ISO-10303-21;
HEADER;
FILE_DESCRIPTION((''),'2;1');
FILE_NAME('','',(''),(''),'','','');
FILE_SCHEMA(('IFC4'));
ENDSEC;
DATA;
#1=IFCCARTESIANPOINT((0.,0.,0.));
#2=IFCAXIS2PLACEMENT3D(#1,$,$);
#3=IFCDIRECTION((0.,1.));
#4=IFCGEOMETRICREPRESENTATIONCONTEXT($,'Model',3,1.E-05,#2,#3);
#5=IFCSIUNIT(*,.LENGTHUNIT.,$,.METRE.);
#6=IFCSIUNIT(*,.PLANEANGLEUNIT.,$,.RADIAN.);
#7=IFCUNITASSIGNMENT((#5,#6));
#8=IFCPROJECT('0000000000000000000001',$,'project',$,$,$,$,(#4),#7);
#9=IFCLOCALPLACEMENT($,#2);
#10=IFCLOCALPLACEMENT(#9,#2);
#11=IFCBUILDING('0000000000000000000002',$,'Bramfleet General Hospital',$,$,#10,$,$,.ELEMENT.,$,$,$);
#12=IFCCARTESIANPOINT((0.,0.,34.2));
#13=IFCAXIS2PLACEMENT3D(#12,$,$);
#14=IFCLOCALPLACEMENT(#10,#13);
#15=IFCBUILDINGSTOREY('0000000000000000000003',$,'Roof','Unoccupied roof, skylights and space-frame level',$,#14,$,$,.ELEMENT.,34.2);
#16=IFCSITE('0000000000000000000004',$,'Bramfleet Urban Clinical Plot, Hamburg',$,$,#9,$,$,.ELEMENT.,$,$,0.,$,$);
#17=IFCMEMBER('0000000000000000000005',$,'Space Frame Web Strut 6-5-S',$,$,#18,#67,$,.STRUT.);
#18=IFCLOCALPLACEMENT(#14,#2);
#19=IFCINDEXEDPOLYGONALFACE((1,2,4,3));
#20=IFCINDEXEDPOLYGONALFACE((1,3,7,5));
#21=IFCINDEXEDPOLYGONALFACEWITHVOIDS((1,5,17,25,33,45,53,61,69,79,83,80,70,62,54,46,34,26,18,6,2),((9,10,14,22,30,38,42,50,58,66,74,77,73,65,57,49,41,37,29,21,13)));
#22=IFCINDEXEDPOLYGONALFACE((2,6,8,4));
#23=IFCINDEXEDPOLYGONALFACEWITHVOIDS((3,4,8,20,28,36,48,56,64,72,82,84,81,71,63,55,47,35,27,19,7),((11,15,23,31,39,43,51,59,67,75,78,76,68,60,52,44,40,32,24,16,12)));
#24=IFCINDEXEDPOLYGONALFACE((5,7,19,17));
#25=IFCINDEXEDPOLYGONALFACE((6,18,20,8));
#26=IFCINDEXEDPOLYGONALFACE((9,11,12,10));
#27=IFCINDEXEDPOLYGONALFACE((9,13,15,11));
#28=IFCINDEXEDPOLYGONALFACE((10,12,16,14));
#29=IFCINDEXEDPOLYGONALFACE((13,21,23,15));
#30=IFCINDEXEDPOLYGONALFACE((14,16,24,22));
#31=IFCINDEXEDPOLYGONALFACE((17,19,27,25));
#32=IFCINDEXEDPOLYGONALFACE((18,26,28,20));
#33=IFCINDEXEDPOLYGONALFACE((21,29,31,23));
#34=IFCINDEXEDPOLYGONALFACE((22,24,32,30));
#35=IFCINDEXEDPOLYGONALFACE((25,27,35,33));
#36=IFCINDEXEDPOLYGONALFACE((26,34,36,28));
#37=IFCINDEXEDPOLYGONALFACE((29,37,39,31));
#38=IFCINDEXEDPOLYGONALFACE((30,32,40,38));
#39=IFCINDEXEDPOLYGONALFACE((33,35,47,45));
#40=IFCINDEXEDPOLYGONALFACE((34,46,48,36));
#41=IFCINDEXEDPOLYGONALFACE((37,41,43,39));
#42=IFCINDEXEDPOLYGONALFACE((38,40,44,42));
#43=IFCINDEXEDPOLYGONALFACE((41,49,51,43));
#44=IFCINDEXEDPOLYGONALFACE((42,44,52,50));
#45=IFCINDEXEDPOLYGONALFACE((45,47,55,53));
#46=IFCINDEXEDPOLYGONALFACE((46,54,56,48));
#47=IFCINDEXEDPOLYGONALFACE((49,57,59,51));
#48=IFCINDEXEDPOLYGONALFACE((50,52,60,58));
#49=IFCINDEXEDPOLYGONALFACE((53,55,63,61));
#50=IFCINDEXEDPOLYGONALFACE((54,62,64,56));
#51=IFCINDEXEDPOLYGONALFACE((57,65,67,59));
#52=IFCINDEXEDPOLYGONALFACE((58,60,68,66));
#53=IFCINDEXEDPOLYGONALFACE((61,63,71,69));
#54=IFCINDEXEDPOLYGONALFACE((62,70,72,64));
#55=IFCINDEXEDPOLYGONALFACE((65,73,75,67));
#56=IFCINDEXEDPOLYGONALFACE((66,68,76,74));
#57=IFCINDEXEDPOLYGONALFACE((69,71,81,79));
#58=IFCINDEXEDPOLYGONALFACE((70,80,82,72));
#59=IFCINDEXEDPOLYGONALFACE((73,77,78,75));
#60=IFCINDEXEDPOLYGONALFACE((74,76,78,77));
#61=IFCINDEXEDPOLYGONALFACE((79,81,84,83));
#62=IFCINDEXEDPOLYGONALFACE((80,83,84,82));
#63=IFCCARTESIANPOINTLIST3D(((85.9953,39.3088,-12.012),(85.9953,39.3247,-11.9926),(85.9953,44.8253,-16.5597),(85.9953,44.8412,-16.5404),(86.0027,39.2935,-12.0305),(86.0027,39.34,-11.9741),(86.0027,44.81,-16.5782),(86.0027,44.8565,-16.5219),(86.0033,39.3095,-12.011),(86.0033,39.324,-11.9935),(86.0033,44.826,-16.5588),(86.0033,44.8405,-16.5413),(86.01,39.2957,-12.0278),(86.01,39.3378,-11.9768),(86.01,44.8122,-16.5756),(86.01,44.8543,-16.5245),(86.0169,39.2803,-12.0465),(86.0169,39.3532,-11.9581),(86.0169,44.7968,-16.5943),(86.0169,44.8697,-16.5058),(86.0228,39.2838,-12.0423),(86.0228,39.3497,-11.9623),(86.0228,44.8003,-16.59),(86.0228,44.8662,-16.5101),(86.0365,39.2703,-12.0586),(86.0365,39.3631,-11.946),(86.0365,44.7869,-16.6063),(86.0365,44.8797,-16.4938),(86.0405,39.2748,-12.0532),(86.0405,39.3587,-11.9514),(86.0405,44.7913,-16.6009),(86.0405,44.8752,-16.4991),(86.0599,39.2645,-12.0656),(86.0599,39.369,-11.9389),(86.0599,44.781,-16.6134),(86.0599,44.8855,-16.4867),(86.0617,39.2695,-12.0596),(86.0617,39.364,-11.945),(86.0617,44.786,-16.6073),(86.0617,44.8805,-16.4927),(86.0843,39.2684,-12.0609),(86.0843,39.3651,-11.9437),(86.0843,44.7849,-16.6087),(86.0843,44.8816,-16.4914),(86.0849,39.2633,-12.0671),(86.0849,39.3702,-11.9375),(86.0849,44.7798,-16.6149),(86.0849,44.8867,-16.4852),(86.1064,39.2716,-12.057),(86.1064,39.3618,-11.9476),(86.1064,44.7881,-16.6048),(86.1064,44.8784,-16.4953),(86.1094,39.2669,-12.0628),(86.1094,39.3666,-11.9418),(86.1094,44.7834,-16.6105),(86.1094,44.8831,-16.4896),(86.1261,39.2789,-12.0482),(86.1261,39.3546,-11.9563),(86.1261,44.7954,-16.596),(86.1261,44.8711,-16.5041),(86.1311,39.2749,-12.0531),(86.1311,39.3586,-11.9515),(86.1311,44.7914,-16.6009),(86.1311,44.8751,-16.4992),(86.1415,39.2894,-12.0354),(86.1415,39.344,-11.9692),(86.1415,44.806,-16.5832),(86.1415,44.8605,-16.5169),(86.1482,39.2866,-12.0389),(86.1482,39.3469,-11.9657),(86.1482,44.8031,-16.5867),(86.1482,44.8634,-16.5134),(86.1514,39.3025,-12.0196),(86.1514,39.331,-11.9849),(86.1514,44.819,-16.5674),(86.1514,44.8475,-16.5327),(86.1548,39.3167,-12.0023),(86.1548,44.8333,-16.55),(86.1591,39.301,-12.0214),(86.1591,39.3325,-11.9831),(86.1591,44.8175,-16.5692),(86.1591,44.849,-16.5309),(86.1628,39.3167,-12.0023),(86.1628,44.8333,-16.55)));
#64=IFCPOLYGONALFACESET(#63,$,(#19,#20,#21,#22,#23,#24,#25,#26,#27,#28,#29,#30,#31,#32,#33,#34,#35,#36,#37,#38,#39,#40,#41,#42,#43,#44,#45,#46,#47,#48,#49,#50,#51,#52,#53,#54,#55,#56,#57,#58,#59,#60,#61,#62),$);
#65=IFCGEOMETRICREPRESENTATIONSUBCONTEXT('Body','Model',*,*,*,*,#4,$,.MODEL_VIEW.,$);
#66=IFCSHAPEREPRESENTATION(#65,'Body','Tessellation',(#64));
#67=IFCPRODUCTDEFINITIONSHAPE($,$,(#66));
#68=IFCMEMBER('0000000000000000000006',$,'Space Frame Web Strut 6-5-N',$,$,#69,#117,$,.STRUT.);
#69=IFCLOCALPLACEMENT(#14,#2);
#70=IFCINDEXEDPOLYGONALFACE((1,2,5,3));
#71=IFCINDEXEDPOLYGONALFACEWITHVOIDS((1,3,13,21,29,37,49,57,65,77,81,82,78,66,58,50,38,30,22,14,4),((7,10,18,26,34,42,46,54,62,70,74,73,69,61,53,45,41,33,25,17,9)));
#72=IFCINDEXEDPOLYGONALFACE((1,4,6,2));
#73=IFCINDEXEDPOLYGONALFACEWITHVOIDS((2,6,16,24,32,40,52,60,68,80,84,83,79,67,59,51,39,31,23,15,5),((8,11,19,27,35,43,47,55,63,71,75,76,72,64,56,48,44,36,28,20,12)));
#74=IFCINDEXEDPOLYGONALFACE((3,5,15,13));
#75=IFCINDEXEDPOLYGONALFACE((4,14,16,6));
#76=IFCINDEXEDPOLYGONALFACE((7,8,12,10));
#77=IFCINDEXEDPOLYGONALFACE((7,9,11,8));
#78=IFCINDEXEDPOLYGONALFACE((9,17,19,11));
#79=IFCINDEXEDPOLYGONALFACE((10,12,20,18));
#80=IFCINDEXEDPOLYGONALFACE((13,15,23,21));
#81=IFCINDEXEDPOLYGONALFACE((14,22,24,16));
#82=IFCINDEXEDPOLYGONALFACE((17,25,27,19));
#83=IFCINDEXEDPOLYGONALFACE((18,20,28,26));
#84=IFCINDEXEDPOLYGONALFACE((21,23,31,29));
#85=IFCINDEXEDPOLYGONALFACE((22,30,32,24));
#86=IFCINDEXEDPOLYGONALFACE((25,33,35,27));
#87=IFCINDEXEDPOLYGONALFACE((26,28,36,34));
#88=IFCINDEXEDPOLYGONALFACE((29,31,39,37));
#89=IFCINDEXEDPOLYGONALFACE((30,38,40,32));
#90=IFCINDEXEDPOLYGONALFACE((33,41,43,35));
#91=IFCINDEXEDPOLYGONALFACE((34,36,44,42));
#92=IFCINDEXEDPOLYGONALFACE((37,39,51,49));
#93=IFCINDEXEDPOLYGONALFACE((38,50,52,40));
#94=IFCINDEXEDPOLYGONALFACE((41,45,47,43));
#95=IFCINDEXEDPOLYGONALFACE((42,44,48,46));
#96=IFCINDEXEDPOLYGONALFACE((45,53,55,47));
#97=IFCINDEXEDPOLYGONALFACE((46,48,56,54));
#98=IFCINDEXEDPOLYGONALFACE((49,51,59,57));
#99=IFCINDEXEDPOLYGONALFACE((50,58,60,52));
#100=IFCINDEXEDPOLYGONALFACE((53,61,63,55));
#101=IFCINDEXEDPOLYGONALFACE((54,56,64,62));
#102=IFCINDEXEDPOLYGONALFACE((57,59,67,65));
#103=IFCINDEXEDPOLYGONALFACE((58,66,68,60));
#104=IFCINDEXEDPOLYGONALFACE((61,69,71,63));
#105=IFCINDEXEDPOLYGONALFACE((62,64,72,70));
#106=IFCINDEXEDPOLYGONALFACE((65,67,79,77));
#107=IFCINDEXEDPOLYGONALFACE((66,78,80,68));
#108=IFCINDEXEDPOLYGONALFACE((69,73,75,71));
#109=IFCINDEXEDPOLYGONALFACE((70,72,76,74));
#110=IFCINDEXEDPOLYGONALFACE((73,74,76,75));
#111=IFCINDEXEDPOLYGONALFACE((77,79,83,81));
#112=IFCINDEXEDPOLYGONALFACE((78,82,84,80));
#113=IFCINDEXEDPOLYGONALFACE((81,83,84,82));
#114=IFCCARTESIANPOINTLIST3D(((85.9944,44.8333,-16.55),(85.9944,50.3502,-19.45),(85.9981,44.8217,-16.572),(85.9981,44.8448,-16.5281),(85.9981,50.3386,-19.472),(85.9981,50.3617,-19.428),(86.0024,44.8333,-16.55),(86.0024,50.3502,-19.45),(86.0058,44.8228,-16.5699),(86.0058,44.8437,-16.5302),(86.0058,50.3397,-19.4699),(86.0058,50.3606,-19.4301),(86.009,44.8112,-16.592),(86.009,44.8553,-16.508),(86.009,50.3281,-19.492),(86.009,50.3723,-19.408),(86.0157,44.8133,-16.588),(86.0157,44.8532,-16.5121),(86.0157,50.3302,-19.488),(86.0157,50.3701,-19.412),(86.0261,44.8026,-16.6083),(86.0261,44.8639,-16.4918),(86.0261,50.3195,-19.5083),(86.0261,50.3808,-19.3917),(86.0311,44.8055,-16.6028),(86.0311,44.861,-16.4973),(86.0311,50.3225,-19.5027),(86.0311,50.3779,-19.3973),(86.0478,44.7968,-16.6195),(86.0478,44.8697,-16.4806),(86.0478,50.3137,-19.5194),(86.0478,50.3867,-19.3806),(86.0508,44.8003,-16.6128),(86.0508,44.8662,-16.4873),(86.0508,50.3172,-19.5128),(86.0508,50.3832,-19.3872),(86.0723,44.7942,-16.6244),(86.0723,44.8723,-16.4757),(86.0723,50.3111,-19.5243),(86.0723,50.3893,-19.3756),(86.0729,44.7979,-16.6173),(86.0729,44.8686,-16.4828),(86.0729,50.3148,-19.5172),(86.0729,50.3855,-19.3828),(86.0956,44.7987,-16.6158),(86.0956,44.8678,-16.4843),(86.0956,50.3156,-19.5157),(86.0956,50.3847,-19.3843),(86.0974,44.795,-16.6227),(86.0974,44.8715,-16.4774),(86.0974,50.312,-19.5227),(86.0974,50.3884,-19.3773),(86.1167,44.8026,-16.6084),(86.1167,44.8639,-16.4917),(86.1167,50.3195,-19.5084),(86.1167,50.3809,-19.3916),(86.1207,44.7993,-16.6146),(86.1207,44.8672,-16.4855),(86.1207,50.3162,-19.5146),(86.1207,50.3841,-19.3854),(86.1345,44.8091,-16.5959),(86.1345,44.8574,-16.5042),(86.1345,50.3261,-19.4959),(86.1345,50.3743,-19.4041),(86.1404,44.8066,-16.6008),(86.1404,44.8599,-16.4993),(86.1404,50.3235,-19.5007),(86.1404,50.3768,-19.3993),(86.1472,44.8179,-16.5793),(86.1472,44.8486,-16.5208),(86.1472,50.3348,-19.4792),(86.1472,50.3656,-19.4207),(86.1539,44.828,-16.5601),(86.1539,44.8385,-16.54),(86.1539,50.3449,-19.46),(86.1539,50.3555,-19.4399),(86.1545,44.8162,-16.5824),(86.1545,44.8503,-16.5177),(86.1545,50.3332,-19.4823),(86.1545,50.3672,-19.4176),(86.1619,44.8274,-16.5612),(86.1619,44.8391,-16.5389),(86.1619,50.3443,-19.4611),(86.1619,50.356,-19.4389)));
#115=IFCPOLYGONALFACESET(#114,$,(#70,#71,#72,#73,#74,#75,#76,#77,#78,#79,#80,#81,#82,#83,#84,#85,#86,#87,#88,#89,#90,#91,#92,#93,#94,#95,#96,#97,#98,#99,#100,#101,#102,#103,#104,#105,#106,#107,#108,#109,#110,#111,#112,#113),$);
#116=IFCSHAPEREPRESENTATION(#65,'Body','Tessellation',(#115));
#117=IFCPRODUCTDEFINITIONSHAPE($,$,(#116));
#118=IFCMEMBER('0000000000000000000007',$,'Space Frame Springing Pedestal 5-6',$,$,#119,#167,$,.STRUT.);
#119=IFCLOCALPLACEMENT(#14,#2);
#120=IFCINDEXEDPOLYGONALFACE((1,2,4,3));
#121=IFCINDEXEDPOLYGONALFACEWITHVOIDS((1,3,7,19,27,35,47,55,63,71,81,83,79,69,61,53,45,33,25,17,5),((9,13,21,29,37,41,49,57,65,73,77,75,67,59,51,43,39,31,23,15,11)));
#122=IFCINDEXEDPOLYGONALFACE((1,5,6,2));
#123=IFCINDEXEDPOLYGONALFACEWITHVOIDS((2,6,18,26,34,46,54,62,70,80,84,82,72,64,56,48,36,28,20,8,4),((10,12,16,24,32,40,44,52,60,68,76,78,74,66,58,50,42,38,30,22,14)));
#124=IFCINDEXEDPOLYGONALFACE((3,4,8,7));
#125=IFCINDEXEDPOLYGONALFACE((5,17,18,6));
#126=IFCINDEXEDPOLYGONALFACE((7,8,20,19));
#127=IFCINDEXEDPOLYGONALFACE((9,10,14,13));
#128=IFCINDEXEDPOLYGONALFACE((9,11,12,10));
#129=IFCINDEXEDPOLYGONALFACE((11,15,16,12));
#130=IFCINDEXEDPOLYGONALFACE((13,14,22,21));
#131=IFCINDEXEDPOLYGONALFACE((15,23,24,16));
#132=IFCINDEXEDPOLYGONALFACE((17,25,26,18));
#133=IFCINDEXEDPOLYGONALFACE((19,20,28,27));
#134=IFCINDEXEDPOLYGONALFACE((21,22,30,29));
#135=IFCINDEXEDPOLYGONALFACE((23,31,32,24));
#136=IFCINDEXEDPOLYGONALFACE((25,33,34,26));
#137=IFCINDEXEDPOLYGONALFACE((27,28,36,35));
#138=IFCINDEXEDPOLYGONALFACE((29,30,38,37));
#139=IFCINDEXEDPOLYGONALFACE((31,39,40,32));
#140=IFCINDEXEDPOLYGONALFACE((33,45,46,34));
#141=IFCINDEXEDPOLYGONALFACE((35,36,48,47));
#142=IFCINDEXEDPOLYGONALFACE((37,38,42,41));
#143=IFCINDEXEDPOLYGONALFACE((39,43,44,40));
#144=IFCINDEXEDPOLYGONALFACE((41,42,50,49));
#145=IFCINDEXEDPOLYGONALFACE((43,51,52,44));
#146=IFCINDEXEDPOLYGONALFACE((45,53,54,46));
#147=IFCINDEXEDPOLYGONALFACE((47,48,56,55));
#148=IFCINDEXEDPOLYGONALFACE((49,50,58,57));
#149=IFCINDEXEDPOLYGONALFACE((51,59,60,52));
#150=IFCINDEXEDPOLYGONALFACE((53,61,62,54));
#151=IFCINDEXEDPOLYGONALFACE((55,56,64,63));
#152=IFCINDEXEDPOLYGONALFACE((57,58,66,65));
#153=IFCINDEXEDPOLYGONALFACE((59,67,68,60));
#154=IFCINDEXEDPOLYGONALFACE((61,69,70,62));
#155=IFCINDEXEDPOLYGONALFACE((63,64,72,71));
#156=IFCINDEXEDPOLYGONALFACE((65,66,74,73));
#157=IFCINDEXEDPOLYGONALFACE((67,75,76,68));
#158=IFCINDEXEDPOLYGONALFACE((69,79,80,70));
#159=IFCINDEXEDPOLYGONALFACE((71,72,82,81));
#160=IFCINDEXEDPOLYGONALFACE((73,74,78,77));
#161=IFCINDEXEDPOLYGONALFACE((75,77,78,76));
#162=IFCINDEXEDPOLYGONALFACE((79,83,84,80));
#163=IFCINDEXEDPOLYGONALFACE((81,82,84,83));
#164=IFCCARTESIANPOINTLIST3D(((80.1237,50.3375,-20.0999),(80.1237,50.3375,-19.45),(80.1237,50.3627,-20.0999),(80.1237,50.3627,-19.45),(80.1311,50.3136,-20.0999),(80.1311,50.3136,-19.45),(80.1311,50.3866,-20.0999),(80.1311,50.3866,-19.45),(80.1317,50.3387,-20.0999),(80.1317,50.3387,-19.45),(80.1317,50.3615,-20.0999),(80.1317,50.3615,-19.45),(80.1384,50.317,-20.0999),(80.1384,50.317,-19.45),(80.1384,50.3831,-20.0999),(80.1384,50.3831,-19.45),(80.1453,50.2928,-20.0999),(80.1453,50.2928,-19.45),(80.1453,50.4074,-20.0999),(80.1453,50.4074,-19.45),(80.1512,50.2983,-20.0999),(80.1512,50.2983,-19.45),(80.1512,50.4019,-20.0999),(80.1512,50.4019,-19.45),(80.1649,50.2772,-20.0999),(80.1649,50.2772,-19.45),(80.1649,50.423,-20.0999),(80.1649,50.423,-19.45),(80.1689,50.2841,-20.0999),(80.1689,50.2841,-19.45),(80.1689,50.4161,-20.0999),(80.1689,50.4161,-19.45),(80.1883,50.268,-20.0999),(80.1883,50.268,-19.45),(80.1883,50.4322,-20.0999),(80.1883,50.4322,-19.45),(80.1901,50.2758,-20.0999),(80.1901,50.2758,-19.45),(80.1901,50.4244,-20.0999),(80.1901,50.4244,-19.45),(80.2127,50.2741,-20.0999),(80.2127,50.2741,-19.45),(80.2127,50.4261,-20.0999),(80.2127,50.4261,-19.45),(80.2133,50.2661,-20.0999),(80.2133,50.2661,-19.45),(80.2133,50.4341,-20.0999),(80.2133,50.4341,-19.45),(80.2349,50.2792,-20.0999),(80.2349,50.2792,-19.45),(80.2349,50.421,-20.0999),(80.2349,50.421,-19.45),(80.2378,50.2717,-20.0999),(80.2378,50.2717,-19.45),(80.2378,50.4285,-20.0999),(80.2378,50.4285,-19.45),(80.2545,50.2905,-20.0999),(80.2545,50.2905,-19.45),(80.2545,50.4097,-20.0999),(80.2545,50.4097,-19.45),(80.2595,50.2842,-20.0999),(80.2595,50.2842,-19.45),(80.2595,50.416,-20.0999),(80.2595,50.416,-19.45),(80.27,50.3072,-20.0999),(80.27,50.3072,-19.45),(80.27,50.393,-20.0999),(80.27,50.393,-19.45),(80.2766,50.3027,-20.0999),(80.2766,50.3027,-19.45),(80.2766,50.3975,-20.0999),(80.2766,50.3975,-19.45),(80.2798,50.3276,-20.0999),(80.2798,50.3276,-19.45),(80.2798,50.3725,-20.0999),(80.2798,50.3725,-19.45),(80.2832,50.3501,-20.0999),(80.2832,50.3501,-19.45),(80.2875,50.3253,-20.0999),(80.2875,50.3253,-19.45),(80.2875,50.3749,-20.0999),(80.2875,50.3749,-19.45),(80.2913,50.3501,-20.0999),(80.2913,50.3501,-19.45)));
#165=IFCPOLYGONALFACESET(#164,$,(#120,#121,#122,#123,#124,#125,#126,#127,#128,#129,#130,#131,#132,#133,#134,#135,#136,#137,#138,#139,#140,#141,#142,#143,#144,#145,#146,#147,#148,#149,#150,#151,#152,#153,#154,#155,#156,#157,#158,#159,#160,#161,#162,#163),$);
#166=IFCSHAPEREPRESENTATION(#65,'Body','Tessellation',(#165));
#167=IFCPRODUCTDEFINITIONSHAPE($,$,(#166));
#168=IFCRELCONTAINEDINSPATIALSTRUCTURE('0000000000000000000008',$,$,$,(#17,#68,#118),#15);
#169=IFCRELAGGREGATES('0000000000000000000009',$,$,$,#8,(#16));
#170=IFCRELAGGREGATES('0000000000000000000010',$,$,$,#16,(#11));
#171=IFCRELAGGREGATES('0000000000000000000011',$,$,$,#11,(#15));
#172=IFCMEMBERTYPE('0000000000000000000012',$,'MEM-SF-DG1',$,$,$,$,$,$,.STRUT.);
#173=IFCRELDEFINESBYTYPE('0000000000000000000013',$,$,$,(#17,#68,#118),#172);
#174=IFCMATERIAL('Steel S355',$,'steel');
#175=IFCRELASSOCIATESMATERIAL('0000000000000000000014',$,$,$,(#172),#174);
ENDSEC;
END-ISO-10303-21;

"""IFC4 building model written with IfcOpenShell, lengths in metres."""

from ifc_helpers import new_model, si_unit, direction, frame, origin, origin_2d, place, context, subcontext, project, spatial, hollow_circle, extrude, material, material_profile, profile_set, type_object, element, save


model = new_model("IFC4")

# Units and contexts
model_context = context("Model", 3, precision=1e-05, world=origin(), true_north=direction((0.0, 1.0)))
body_context = subcontext(model_context, "Body", "Model", "MODEL_VIEW")
ifc_project = project(units=[si_unit("LENGTHUNIT", "METRE"), si_unit("PLANEANGLEUNIT", "RADIAN")], contexts=[model_context])

# Site, building, storey
site_placement = place(None, origin())
site = spatial("IfcSite", under=ifc_project, at=site_placement, Name="Bramfleet Urban Clinical Plot, Hamburg", CompositionType="ELEMENT", RefElevation=0.0)
building_placement = place(site_placement, origin())
building = spatial("IfcBuilding", under=site, at=building_placement, Name="Bramfleet General Hospital", CompositionType="ELEMENT")
storey_placement = place(building_placement, frame((0.0, 0.0, 34.2)))
storey = spatial("IfcBuildingStorey", under=building, at=storey_placement, Name="Roof", Description="Unoccupied roof, skylights and space-frame level", CompositionType="ELEMENT", Elevation=34.2)

# Members
ifc_material = material(Name="Steel S355", Category="steel")
ifc_material_profile_1 = material_profile(ifc_material, hollow_circle(Radius=0.0842, WallThickness=0.0081, at=origin_2d()), Name="CHS 168.3x8.0")
ifc_profile_set_1 = profile_set([ifc_material_profile_1], Name="Steel S355")
member_type_1 = type_object("IfcMemberType", Name="MEM-SF-DG1", PredefinedType="STRUT", material=ifc_profile_set_1)
member_1_placement = place(storey_placement, frame((86.0786, 44.8333, -16.55), z_axis=(0.0, -0.771603, 0.636105), x_axis=(1.0, 0.0, 0.0)))
element("IfcMember", 1, at=member_1_placement, inside=storey, type_object=member_type_1, Name="Space Frame Web Strut 6-5-S", PredefinedType="STRUT", context=body_context, shape_type="SweptSolid", body=[
    extrude(hollow_circle(Radius=0.0842, WallThickness=0.0081, at=origin_2d()), origin(), (0.0, 0.0, 1.0), 7.1494),
])
member_2_placement = place(storey_placement, frame((86.0786, 44.8333, -16.55), z_axis=(0.0, 0.885163, -0.465281), x_axis=(-1.0, 0.0, 0.0)))
element("IfcMember", 2, at=member_2_placement, inside=storey, type_object=member_type_1, Name="Space Frame Web Strut 6-5-N", PredefinedType="STRUT", context=body_context, shape_type="SweptSolid", body=[
    extrude(hollow_circle(Radius=0.0842, WallThickness=0.0081, at=origin_2d()), origin(), (0.0, 0.0, 1.0), 6.2327),
])
for number, where, z_axis, x_axis, name in (
    (3, (80.207, 50.3501, -20.0999), (0.0, 0.0, 1.0), (1.0, 0.0, 0.0), "Space Frame Springing Pedestal 5-6"),
):
    element("IfcMember", number, at=place(storey_placement, frame(where, z_axis=z_axis, x_axis=x_axis)), inside=storey, type_object=member_type_1, Name=name, PredefinedType="STRUT", context=body_context, shape_type="SweptSolid", body=[
        extrude(hollow_circle(Radius=0.0842, WallThickness=0.0081, at=origin_2d()), origin(), (0.0, 0.0, 1.0), 0.6499),
    ])

save(model, "model.ifc")
